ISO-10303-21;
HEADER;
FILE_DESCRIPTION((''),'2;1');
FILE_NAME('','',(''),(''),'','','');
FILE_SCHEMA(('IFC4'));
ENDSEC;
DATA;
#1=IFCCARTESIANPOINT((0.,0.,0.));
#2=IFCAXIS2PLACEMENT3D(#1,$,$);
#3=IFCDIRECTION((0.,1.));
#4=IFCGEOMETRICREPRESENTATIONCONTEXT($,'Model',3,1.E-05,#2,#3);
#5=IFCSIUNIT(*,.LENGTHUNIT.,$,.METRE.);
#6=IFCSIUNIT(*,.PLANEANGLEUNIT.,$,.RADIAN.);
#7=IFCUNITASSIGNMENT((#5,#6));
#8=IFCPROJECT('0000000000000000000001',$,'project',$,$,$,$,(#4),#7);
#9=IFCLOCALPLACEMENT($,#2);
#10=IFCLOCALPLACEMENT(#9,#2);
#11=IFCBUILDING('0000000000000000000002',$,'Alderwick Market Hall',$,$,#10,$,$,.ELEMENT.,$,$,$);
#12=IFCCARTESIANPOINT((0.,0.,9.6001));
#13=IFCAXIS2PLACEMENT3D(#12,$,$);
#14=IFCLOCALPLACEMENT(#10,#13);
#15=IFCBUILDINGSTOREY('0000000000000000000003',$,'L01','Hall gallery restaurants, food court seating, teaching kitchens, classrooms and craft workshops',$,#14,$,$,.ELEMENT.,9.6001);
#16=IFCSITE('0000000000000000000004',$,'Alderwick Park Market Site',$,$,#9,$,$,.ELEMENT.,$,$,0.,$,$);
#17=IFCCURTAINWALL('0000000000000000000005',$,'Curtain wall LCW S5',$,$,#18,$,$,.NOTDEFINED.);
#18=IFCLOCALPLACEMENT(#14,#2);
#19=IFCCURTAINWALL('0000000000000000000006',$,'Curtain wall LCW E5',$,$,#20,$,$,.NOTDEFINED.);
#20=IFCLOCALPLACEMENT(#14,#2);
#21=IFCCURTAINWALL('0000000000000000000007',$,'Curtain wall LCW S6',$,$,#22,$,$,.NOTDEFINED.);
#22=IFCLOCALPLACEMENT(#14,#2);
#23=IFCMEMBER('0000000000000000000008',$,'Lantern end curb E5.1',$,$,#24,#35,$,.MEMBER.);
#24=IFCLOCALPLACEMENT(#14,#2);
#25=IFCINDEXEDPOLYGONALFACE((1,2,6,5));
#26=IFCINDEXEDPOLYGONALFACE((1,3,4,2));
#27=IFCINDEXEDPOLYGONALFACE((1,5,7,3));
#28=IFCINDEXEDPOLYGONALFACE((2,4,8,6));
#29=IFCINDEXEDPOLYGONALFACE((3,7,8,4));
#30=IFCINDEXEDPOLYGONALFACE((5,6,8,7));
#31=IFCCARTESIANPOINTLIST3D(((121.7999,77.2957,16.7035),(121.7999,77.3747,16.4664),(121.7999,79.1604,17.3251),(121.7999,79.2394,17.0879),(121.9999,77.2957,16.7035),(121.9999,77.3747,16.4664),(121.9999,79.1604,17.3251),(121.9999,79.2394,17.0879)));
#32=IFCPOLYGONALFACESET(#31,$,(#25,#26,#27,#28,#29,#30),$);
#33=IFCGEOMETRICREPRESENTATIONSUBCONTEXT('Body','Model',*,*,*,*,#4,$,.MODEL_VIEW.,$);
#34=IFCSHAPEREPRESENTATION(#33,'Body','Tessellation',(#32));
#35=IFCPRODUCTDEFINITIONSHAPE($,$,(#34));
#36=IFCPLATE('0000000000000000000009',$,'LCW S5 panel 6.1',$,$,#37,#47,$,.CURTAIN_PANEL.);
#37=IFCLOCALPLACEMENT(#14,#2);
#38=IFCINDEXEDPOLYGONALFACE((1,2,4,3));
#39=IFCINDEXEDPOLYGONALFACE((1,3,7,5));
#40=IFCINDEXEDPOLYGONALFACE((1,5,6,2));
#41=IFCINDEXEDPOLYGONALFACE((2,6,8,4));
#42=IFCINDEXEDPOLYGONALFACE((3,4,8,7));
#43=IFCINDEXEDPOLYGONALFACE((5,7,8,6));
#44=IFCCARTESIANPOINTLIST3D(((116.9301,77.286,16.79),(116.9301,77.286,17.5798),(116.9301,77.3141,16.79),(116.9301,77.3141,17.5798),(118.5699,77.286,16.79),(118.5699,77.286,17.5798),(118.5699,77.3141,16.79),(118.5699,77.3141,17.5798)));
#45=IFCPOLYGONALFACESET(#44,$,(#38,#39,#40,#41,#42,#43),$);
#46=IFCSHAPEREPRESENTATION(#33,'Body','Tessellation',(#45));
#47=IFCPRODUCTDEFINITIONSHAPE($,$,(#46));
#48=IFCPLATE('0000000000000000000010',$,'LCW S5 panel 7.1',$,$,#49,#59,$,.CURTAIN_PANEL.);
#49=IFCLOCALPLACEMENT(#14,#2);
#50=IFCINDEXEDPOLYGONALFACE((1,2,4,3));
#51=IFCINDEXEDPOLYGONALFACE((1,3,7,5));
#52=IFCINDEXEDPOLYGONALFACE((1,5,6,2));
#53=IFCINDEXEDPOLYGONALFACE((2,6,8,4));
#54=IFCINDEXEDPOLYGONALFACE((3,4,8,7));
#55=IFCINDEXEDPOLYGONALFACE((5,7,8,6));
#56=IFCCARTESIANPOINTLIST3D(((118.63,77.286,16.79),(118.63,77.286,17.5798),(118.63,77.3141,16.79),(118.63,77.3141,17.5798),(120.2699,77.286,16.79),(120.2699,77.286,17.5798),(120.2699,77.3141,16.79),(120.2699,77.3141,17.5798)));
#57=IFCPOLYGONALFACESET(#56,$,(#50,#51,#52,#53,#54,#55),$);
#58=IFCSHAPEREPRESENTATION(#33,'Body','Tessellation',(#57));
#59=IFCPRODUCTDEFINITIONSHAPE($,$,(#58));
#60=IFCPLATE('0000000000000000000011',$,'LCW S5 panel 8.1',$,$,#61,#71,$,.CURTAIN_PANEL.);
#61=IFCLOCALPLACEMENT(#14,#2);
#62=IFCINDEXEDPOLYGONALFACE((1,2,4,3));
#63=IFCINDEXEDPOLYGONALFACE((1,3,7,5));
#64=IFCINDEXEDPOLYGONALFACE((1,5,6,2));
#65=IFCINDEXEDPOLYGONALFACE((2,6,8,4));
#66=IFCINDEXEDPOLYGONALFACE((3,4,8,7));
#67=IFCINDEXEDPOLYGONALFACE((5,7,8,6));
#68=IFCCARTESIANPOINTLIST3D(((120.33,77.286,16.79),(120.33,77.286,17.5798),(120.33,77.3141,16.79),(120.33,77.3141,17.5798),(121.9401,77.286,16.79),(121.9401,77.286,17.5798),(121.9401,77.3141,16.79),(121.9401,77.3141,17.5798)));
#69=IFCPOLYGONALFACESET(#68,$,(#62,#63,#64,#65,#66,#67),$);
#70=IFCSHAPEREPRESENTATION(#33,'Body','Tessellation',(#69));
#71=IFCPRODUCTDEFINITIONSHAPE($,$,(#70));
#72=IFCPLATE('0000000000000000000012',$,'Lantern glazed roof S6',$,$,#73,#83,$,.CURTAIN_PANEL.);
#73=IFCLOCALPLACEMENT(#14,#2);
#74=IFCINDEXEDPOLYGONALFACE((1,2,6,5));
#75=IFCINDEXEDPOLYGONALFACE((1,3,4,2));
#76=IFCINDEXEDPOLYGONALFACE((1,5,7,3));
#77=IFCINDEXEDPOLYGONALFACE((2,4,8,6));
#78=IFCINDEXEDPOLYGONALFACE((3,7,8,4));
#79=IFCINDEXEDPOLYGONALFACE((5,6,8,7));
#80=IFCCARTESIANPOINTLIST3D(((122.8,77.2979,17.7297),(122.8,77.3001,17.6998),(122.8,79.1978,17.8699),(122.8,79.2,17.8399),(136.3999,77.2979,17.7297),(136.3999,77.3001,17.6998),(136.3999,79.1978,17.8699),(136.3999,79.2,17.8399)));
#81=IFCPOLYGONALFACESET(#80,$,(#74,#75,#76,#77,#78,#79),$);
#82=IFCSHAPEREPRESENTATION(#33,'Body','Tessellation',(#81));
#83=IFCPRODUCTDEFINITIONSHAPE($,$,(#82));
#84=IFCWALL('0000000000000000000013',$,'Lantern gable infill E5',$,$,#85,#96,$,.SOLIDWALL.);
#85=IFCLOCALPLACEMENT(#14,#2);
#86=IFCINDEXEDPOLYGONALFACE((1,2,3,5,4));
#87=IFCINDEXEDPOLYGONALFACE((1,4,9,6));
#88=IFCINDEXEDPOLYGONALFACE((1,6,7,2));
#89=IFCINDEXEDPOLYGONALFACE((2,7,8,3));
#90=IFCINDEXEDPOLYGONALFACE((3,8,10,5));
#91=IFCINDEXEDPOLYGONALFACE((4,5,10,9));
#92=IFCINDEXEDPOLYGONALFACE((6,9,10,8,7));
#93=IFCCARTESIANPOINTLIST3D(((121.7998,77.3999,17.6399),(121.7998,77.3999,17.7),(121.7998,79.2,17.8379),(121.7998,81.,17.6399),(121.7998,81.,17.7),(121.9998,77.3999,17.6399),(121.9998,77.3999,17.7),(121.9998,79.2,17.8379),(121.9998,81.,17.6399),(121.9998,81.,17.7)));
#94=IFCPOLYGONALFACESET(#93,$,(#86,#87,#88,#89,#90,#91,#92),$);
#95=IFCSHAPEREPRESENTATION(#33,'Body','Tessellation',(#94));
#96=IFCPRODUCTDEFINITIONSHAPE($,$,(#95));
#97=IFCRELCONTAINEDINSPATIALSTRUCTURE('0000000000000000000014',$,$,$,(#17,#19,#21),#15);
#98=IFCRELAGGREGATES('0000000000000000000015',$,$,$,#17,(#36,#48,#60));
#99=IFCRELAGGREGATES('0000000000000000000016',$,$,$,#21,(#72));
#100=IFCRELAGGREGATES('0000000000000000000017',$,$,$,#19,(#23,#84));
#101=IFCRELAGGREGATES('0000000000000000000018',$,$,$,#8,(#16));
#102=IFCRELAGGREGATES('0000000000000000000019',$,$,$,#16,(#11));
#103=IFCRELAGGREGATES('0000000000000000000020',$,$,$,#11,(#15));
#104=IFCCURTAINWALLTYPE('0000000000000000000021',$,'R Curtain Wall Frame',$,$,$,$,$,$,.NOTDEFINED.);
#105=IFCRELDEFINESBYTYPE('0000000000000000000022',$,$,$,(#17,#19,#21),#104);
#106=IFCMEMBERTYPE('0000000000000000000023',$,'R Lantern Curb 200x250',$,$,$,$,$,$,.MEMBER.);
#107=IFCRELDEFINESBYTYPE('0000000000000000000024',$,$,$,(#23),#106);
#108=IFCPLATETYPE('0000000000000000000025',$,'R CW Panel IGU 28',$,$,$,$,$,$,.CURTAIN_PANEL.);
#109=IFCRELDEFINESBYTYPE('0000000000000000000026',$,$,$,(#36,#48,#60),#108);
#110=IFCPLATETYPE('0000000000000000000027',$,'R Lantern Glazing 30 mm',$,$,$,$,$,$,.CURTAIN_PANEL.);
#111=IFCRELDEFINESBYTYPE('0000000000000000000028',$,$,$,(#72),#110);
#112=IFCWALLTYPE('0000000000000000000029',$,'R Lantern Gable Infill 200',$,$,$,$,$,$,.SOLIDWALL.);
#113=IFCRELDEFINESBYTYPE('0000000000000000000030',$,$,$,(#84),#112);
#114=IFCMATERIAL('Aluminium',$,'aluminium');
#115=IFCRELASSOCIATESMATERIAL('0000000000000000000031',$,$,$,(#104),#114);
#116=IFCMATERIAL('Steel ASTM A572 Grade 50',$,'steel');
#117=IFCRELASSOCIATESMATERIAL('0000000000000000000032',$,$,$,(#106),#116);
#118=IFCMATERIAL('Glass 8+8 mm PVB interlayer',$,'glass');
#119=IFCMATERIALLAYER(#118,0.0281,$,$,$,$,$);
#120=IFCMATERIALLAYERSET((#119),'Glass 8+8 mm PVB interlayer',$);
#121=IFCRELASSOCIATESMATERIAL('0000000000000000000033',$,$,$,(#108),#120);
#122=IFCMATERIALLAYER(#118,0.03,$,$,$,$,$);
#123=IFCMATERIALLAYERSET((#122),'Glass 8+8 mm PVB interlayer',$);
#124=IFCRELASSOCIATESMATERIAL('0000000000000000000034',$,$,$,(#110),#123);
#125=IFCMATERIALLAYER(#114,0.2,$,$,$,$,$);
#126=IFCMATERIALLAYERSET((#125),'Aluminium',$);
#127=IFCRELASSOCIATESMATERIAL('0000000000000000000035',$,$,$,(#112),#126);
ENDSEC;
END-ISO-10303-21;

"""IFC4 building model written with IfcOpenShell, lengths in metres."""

from ifc_helpers import new_model, si_unit, direction, frame, origin, origin_2d, place, context, subcontext, project, spatial, polyline, rectangle, outline, extrude, material, layer, layer_set, material_profile, profile_set, type_object, element, aggregate, save


model = new_model("IFC4")

# Units and contexts
model_context = context("Model", 3, precision=1e-05, world=origin(), true_north=direction((0.0, 1.0)))
body_context = subcontext(model_context, "Body", "Model", "MODEL_VIEW")
ifc_project = project(units=[si_unit("LENGTHUNIT", "METRE"), si_unit("PLANEANGLEUNIT", "RADIAN")], contexts=[model_context])

# Site, building, storey
site_placement = place(None, origin())
site = spatial("IfcSite", under=ifc_project, at=site_placement, Name="Alderwick Park Market Site", CompositionType="ELEMENT", RefElevation=0.0)
building_placement = place(site_placement, origin())
building = spatial("IfcBuilding", under=site, at=building_placement, Name="Alderwick Market Hall", CompositionType="ELEMENT")
storey_placement = place(building_placement, frame((0.0, 0.0, 9.6001)))
storey = spatial("IfcBuildingStorey", under=building, at=storey_placement, Name="L01", Description="Hall gallery restaurants, food court seating, teaching kitchens, classrooms and craft workshops", CompositionType="ELEMENT", Elevation=9.6001)

# Curtain wall
ifc_material_1 = material(Name="Aluminium", Category="aluminium")
curtain_wall_type = type_object("IfcCurtainWallType", Name="R Curtain Wall Frame", PredefinedType="NOTDEFINED", material=ifc_material_1)
curtain_wall_1_placement = place(storey_placement, origin())
curtain_wall_1 = element("IfcCurtainWall", 1, at=curtain_wall_1_placement, inside=storey, type_object=curtain_wall_type, Name="Curtain wall LCW S5", PredefinedType="NOTDEFINED")

# Curtain walls
curtain_wall_2_placement = place(storey_placement, origin())
curtain_wall_2 = element("IfcCurtainWall", 2, at=curtain_wall_2_placement, inside=storey, type_object=curtain_wall_type, Name="Curtain wall LCW E5", PredefinedType="NOTDEFINED")
curtain_wall_3_placement = place(storey_placement, origin())
curtain_wall_3 = element("IfcCurtainWall", 3, at=curtain_wall_3_placement, inside=storey, type_object=curtain_wall_type, Name="Curtain wall LCW S6", PredefinedType="NOTDEFINED")

# Member
ifc_material_2 = material(Name="Steel ASTM A572 Grade 50", Category="steel")
ifc_material_profile_1 = material_profile(ifc_material_2, rectangle(XDim=0.2, YDim=0.25, at=origin_2d()), Name="Steel plate curb 200x250")
ifc_profile_set_1 = profile_set([ifc_material_profile_1], Name="Steel ASTM A572 Grade 50")
member_type_1 = type_object("IfcMemberType", Name="R Lantern Curb 200x250", PredefinedType="MEMBER", material=ifc_profile_set_1)
member_1_placement = place(storey_placement, frame((121.8999, 77.3352, 16.585), z_axis=(0.0, 0.948683, 0.316228), x_axis=(-1.0, 0.0, 0.0)))
member_1 = element("IfcMember", 4, at=member_1_placement, type_object=member_type_1, Name="Lantern end curb E5.1", PredefinedType="MEMBER", context=body_context, shape_type="SweptSolid", body=[
    extrude(rectangle(XDim=0.2, YDim=0.25, at=origin_2d()), origin(), (0.0, 0.0, 1.0), 1.9656),
])

# Plates
ifc_material_3 = material(Name="Glass 8+8 mm PVB interlayer", Category="glass")
ifc_layer_1 = layer(ifc_material_3, 0.0281)
ifc_layer_set_1 = layer_set([ifc_layer_1], Name="Glass 8+8 mm PVB interlayer")
plate_type_1 = type_object("IfcPlateType", Name="R CW Panel IGU 28", PredefinedType="CURTAIN_PANEL", material=ifc_layer_set_1)
plate_1_placement = place(storey_placement, frame((117.75, 77.3, 16.79), z_axis=(0.0, 0.0, 1.0), x_axis=(1.0, 0.0, 0.0)))
plate_1 = element("IfcPlate", 5, at=plate_1_placement, type_object=plate_type_1, Name="LCW S5 panel 6.1", PredefinedType="CURTAIN_PANEL", context=body_context, shape_type="SweptSolid", body=[
    extrude(rectangle(XDim=1.6399, YDim=0.0281, at=origin_2d()), origin(), (0.0, 0.0, 1.0), 0.7898),
])
plate_2_placement = place(storey_placement, frame((119.45, 77.3, 16.79), z_axis=(0.0, 0.0, 1.0), x_axis=(1.0, 0.0, 0.0)))
plate_2 = element("IfcPlate", 6, at=plate_2_placement, type_object=plate_type_1, Name="LCW S5 panel 7.1", PredefinedType="CURTAIN_PANEL", context=body_context, shape_type="SweptSolid", body=[
    extrude(rectangle(XDim=1.6399, YDim=0.0281, at=origin_2d()), origin(), (0.0, 0.0, 1.0), 0.7898),
])
plate_3_placement = place(storey_placement, frame((121.135, 77.3, 16.79), z_axis=(0.0, 0.0, 1.0), x_axis=(1.0, 0.0, 0.0)))
plate_3 = element("IfcPlate", 7, at=plate_3_placement, type_object=plate_type_1, Name="LCW S5 panel 8.1", PredefinedType="CURTAIN_PANEL", context=body_context, shape_type="SweptSolid", body=[
    extrude(rectangle(XDim=1.6101, YDim=0.0281, at=origin_2d()), origin(), (0.0, 0.0, 1.0), 0.7898),
])
aggregate(curtain_wall_1, [plate_1, plate_2, plate_3])
ifc_layer_2 = layer(ifc_material_3, 0.03)
ifc_layer_set_2 = layer_set([ifc_layer_2], Name="Glass 8+8 mm PVB interlayer")
plate_type_2 = type_object("IfcPlateType", Name="R Lantern Glazing 30 mm", PredefinedType="CURTAIN_PANEL", material=ifc_layer_set_2)
plate_4_placement = place(storey_placement, frame((122.8, 77.2979, 17.7297), z_axis=(0.0, -0.07356, 0.997291), x_axis=(1.0, 0.0, 0.0)))
plate_4 = element("IfcPlate", 8, at=plate_4_placement, type_object=plate_type_2, Name="Lantern glazed roof S6", PredefinedType="CURTAIN_PANEL", context=body_context, shape_type="SweptSolid", body=[
    extrude(outline(polyline([(0.0, 0.0), (13.5999, 0.0), (13.5999, 1.9051), (0.0, 1.9051), (0.0, 0.0)])), origin(), (0.0, 0.0, -1.0), 0.03),
])
aggregate(curtain_wall_3, [plate_4])

# Wall
ifc_layer_3 = layer(ifc_material_1, 0.2)
ifc_layer_set_3 = layer_set([ifc_layer_3], Name="Aluminium")
wall_type = type_object("IfcWallType", Name="R Lantern Gable Infill 200", PredefinedType="SOLIDWALL", material=ifc_layer_set_3)
wall_placement = place(storey_placement, frame((121.8999, 77.3999, 17.6399), z_axis=(0.0, 0.0, 1.0), x_axis=(0.0, 1.0, 0.0)))
wall = element("IfcWall", 9, at=wall_placement, type_object=wall_type, Name="Lantern gable infill E5", PredefinedType="SOLIDWALL", context=body_context, shape_type="SweptSolid", body=[
    extrude(outline(polyline([(0.0, 0.0), (3.6001, 0.0), (3.6001, 0.0601), (1.8, 0.198), (0.0, 0.0601), (0.0, 0.0)])), frame((0.0, 0.1001, 0.0), z_axis=(0.0, -1.0, 0.0), x_axis=(1.0, 0.0, 0.0)), (0.0, 0.0, 1.0), 0.2),
])
aggregate(curtain_wall_2, [member_1, wall])

save(model, "model.ifc")
